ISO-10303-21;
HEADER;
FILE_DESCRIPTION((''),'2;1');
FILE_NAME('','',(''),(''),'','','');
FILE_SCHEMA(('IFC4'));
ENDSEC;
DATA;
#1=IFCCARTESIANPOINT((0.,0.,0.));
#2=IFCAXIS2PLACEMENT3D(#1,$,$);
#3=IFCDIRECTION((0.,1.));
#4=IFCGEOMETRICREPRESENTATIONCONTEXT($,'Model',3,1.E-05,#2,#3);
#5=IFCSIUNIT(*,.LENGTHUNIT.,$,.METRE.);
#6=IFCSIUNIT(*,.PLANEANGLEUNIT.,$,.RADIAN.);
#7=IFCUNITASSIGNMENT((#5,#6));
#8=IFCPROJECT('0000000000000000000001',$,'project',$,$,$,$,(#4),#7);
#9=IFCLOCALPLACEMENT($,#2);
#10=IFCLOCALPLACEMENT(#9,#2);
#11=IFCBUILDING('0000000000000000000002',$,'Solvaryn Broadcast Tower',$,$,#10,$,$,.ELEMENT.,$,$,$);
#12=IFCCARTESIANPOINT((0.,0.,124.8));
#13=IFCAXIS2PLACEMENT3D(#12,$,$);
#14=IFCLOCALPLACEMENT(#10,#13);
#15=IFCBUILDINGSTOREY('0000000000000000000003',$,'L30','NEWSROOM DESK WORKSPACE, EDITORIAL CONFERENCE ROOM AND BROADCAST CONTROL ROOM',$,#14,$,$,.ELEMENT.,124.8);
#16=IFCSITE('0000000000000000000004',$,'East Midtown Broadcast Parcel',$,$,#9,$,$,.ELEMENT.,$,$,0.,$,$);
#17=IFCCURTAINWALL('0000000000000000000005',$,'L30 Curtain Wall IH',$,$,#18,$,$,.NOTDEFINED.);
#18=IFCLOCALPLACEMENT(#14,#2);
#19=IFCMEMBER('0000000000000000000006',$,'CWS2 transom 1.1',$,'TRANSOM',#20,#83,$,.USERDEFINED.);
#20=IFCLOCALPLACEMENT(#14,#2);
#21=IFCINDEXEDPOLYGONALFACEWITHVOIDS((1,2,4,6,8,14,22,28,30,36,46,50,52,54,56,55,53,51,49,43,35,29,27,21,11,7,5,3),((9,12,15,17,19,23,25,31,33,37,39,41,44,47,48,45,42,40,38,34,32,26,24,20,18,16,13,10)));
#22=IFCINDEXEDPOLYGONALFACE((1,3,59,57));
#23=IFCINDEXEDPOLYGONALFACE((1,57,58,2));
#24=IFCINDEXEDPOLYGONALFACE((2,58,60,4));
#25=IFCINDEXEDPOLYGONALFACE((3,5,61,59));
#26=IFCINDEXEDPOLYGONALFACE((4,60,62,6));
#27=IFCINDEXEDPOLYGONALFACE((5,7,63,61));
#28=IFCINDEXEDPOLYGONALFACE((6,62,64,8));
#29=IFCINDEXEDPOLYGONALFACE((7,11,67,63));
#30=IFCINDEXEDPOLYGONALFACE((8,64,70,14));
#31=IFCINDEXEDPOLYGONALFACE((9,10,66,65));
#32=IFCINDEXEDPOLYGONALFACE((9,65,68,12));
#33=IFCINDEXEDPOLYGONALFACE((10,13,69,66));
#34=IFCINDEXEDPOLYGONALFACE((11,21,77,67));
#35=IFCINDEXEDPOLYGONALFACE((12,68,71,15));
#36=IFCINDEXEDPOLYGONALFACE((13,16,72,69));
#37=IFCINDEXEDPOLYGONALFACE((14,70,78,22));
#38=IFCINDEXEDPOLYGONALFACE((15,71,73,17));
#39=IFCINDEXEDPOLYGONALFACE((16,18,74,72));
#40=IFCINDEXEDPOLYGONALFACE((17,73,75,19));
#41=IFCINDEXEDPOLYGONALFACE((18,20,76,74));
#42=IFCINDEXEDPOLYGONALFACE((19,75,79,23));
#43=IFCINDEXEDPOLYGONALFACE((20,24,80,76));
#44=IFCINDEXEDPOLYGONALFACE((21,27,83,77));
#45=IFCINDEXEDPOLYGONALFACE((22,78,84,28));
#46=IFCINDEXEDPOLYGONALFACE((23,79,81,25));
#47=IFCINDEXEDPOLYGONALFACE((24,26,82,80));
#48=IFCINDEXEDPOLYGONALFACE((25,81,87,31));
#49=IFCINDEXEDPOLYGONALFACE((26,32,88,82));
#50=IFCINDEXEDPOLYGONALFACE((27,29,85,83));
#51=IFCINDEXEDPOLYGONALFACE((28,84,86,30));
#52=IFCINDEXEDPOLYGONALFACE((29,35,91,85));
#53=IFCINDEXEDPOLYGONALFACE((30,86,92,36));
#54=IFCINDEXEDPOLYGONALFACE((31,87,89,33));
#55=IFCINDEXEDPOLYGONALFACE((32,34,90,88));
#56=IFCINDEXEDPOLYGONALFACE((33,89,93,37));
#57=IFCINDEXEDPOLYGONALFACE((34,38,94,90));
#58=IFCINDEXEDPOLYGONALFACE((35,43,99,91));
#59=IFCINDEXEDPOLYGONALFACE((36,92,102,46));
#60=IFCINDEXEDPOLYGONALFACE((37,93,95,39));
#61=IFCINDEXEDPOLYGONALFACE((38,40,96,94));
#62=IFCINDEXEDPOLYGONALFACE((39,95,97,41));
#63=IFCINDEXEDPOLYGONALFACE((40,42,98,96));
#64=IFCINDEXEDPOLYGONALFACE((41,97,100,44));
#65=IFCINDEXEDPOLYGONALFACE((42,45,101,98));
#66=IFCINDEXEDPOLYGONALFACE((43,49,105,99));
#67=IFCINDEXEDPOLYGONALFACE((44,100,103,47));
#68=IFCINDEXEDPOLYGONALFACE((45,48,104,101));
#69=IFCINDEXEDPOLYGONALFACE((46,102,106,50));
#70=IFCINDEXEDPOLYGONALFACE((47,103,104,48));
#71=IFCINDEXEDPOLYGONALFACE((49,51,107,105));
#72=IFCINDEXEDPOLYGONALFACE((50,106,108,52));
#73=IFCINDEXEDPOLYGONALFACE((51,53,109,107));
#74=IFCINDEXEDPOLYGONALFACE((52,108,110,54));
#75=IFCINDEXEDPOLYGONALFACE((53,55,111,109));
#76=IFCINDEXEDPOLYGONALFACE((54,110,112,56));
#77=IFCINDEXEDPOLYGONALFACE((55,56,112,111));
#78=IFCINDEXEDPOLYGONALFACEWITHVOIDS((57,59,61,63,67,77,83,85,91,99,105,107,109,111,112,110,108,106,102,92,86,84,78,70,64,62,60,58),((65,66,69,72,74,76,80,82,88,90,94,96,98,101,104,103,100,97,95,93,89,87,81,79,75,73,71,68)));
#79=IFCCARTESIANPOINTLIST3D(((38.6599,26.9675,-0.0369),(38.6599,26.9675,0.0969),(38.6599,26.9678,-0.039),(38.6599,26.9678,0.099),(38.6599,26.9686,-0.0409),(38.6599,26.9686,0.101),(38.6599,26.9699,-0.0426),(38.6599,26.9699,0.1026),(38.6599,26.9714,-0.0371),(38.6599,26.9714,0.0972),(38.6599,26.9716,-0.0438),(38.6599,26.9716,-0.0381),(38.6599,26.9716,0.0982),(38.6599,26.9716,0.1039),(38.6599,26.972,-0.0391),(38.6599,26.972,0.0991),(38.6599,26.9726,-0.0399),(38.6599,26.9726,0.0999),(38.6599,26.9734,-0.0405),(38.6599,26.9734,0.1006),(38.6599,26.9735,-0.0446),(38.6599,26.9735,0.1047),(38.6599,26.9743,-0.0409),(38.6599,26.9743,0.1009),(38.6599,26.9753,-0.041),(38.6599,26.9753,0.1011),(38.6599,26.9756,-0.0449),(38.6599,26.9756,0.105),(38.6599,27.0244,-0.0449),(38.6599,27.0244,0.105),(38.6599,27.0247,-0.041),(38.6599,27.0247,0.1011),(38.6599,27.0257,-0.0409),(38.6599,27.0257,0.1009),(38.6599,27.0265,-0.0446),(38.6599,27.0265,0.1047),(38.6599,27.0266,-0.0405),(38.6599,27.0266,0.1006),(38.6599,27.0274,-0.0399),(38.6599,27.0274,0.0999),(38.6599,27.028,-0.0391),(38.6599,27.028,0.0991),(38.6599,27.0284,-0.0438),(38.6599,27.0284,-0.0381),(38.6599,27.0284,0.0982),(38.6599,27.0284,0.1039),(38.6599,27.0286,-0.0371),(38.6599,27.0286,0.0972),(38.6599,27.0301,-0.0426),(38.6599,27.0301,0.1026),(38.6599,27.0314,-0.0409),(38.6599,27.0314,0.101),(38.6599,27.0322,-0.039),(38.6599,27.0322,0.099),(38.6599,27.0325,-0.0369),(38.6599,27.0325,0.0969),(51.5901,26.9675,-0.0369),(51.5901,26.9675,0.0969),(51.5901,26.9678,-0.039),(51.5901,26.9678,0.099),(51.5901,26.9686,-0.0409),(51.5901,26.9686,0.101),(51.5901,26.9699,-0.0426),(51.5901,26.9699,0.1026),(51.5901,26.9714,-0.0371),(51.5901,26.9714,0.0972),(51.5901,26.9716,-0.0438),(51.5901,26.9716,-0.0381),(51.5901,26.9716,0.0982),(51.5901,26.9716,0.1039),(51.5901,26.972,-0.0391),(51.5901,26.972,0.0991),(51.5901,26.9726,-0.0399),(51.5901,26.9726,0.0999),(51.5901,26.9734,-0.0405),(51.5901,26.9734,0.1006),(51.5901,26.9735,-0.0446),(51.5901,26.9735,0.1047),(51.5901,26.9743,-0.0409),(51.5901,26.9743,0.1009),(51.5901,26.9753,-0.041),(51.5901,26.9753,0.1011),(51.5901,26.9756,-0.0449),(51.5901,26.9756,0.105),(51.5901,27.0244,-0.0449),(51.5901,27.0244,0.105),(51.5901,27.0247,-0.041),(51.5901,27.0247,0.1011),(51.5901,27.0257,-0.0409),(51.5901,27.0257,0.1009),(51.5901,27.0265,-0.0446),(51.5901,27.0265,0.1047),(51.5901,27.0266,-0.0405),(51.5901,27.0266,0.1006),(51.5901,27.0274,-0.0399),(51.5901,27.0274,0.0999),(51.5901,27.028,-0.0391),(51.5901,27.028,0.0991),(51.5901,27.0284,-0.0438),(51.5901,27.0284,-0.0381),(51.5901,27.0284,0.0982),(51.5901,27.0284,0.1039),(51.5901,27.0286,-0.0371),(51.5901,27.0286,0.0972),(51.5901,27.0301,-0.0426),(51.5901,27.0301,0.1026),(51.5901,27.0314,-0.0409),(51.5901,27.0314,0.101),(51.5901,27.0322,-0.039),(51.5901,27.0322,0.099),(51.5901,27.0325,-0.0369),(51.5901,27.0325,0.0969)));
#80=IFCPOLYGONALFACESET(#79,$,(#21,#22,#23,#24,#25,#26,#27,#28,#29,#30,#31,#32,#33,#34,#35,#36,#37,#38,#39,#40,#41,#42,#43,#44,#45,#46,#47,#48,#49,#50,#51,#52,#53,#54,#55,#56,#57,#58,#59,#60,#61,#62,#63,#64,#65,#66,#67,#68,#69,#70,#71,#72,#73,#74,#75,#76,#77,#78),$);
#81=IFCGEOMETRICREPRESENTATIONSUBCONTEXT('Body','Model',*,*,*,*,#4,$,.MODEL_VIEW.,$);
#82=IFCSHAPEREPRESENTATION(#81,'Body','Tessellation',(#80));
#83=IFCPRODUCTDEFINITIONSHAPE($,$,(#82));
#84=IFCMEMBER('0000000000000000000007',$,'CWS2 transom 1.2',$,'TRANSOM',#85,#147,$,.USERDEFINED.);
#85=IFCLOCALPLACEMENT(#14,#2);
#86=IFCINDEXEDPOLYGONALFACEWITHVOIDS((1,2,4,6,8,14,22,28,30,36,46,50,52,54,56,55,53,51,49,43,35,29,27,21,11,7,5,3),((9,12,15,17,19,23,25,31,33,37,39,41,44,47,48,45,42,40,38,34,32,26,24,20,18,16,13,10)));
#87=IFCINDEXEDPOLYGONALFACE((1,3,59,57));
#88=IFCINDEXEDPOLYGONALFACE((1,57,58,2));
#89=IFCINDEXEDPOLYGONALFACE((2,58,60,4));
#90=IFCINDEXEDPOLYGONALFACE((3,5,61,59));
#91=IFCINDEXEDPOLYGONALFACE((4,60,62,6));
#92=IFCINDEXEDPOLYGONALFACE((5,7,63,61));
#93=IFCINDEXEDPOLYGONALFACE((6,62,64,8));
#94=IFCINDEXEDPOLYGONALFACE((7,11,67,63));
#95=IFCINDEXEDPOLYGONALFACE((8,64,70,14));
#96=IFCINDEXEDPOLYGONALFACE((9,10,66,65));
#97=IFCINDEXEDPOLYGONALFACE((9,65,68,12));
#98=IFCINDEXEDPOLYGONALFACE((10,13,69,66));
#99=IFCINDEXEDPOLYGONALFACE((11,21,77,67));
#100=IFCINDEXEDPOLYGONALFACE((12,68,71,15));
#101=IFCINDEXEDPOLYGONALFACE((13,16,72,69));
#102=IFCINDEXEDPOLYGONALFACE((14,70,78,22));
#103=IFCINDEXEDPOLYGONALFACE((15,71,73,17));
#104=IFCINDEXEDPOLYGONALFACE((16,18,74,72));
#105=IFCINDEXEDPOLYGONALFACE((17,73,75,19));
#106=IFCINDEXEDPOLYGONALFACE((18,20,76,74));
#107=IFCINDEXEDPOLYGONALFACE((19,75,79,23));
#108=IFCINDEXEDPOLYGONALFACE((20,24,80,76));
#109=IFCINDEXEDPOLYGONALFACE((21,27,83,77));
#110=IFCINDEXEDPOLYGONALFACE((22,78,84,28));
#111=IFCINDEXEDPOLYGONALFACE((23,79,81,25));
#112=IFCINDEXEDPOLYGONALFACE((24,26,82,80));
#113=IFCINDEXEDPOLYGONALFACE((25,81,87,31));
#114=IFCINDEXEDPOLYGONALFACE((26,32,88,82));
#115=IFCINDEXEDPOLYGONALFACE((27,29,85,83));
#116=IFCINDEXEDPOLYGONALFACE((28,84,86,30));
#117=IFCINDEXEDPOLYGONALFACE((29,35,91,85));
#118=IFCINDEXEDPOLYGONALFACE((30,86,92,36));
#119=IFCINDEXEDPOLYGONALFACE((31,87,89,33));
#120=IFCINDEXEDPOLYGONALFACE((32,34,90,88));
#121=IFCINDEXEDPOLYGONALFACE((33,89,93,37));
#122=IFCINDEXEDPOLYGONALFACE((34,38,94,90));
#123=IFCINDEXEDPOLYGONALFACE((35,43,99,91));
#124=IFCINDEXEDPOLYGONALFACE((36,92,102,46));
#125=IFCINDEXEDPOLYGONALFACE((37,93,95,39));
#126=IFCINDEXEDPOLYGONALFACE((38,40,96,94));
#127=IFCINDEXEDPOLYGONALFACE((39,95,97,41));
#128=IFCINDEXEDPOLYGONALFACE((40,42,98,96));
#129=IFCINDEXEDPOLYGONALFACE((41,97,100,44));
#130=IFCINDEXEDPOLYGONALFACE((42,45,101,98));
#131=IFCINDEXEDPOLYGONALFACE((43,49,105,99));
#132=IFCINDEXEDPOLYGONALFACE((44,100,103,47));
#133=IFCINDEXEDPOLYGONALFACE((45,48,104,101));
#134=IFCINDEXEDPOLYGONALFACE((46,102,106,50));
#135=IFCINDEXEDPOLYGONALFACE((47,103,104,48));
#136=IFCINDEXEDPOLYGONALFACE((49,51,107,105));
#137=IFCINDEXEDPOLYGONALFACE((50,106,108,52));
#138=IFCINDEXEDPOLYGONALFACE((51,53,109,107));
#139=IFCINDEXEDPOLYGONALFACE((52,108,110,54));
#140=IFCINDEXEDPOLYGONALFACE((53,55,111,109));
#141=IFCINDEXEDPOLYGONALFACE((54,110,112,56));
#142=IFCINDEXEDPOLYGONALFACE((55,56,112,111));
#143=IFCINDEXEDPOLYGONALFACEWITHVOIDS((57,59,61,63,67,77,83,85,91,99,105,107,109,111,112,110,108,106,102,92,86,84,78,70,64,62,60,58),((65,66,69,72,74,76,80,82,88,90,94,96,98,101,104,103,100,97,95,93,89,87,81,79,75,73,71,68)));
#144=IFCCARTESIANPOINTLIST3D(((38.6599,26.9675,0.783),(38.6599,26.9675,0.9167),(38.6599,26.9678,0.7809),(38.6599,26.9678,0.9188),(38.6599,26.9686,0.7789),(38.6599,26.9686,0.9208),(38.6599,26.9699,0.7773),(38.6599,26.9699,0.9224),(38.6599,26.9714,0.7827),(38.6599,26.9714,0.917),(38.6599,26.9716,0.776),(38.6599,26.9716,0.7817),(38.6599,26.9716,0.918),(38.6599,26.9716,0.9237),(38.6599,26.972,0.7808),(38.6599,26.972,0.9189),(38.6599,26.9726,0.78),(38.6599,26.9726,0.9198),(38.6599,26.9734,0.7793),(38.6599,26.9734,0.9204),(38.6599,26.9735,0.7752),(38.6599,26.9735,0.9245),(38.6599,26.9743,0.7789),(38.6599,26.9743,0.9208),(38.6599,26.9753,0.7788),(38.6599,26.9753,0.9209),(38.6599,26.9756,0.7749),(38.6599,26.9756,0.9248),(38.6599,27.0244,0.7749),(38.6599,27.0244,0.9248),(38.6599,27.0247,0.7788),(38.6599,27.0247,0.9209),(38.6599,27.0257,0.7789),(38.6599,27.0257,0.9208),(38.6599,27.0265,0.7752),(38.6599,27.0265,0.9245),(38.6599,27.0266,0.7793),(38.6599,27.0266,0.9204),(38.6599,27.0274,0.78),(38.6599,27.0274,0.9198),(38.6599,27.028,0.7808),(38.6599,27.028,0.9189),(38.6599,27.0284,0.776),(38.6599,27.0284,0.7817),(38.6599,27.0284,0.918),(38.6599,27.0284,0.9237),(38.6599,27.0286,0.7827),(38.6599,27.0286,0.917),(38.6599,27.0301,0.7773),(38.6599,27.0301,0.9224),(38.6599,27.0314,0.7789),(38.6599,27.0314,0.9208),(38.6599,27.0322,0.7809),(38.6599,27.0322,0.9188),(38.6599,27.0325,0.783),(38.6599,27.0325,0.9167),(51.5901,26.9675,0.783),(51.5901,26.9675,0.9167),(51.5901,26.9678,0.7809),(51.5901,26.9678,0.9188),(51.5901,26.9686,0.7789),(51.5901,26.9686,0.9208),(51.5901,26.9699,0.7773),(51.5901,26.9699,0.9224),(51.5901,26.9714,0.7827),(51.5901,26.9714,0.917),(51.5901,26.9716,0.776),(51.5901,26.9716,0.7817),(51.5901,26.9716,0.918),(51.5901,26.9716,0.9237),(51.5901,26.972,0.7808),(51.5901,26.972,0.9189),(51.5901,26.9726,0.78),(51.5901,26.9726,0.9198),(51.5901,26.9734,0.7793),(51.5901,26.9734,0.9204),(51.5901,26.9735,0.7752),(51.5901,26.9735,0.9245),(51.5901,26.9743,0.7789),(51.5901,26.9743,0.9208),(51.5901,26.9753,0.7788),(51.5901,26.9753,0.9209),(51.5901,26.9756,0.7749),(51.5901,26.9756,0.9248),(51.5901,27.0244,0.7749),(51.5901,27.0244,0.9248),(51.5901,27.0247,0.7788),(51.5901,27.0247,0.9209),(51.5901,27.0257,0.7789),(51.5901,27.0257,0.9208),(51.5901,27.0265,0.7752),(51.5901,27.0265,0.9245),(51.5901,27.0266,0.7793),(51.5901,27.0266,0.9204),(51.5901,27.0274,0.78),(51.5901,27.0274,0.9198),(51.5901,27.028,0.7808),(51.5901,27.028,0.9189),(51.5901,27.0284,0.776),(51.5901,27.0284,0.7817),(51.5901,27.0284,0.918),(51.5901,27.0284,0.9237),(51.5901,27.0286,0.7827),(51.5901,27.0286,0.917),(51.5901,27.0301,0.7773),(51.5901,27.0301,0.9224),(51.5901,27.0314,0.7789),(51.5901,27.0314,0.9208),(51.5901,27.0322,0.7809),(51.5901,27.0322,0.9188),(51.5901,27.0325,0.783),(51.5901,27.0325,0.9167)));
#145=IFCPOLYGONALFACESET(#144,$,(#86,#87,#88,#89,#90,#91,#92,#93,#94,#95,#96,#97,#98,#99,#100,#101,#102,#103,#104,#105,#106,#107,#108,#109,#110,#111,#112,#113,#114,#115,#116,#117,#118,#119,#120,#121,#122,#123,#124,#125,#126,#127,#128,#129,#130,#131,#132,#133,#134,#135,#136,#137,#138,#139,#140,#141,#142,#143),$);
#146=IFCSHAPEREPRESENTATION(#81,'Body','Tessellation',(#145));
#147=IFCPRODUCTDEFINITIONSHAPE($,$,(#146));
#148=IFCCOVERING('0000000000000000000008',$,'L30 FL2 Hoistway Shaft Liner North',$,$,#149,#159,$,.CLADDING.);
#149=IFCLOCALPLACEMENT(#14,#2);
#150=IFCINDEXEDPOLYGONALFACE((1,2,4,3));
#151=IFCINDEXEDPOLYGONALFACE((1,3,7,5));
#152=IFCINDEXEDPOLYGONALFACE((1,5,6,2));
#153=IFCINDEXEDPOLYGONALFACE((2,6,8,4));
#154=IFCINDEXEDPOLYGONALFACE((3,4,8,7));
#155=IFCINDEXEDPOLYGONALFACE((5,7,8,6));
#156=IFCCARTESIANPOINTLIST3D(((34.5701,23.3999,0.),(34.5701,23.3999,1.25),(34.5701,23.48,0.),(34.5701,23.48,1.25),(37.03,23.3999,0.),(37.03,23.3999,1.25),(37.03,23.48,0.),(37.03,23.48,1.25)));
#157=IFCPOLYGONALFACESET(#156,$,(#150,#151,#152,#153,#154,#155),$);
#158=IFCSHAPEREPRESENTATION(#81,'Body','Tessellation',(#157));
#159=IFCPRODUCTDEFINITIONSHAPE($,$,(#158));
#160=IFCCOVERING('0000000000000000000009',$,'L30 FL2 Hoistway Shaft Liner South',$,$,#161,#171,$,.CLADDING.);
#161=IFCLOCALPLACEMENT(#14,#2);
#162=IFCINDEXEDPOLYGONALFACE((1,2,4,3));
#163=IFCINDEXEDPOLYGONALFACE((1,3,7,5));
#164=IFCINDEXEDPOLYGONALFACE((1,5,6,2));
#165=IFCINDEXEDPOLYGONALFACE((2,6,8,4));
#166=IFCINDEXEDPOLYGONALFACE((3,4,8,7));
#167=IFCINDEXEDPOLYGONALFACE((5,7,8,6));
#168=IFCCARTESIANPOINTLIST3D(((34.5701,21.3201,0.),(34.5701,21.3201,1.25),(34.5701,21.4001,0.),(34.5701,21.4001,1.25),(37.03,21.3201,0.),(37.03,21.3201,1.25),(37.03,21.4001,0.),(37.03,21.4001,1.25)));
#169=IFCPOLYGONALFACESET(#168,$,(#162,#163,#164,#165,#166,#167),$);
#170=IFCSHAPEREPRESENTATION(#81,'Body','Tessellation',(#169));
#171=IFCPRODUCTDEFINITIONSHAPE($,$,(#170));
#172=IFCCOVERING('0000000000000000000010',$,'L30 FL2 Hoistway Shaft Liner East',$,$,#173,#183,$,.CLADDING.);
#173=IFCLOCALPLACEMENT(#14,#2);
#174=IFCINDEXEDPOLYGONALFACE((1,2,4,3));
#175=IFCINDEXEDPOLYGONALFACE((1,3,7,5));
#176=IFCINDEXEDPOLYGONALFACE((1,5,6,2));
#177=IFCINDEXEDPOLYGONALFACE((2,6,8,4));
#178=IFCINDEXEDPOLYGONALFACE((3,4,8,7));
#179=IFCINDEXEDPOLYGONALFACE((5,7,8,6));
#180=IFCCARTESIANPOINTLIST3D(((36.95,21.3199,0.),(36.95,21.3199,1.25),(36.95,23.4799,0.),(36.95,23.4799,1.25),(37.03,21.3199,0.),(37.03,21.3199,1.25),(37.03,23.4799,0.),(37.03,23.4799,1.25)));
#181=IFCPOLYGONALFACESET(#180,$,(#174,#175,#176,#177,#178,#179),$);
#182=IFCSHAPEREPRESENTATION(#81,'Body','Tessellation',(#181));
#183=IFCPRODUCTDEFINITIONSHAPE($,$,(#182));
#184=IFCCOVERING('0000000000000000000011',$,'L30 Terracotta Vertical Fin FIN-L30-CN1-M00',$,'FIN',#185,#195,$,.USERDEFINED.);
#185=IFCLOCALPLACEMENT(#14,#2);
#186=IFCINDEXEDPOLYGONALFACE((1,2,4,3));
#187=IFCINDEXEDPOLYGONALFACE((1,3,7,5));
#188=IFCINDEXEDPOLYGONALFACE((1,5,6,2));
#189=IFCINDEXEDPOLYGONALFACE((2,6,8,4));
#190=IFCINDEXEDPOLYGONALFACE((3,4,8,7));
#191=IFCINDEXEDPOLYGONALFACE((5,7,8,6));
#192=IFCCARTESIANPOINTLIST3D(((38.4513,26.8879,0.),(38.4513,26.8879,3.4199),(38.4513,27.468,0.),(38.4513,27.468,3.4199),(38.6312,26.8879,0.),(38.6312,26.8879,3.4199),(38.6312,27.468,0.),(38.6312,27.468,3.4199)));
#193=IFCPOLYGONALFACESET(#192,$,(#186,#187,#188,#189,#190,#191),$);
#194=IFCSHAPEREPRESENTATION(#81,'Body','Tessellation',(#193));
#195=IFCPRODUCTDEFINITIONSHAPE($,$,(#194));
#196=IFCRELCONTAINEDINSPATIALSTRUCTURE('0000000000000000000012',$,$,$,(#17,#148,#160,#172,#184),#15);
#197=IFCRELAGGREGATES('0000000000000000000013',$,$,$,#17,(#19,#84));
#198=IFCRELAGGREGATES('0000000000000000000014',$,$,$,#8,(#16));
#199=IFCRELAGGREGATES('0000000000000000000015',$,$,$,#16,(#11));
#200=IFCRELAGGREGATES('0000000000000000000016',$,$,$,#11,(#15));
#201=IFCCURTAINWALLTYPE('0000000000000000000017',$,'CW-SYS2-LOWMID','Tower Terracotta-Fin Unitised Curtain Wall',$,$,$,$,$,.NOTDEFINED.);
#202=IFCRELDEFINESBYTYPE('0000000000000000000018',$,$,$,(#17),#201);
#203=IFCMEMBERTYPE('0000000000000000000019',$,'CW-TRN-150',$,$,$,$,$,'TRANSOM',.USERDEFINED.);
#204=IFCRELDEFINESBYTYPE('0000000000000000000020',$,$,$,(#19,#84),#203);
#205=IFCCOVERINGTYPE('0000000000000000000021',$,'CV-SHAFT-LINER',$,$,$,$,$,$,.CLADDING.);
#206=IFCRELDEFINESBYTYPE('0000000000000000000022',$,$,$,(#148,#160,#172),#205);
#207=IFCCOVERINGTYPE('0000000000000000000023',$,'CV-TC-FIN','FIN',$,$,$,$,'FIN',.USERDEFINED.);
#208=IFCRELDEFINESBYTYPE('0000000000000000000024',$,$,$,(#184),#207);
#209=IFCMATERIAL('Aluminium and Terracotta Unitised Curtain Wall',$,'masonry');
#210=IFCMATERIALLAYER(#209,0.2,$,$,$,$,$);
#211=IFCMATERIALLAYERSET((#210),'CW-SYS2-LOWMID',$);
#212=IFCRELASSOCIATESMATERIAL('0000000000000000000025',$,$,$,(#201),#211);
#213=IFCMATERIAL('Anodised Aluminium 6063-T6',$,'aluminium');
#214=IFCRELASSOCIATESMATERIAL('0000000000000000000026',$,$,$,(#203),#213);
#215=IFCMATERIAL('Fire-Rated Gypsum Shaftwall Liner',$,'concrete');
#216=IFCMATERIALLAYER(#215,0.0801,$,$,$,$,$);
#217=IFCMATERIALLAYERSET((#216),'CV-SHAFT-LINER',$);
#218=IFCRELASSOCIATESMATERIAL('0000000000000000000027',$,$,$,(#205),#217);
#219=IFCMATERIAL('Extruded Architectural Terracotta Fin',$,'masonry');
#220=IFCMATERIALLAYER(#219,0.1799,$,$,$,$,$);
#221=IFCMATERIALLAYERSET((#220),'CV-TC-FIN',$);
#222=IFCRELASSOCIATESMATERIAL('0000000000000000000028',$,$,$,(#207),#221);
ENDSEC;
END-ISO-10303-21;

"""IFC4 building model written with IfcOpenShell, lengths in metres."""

from ifc_helpers import new_model, si_unit, direction, frame, origin, origin_2d, place, context, subcontext, project, spatial, rectangle, hollow_rectangle, extrude, material, layer, layer_set, material_profile, profile_set, type_object, element, aggregate, save


model = new_model("IFC4")

# Units and contexts
model_context = context("Model", 3, precision=1e-05, world=origin(), true_north=direction((0.0, 1.0)))
body_context = subcontext(model_context, "Body", "Model", "MODEL_VIEW")
ifc_project = project(units=[si_unit("LENGTHUNIT", "METRE"), si_unit("PLANEANGLEUNIT", "RADIAN")], contexts=[model_context])

# Site, building, storey
site_placement = place(None, origin())
site = spatial("IfcSite", under=ifc_project, at=site_placement, Name="East Midtown Broadcast Parcel", CompositionType="ELEMENT", RefElevation=0.0)
building_placement = place(site_placement, origin())
building = spatial("IfcBuilding", under=site, at=building_placement, Name="Solvaryn Broadcast Tower", CompositionType="ELEMENT")
storey_placement = place(building_placement, frame((0.0, 0.0, 124.8)))
storey = spatial("IfcBuildingStorey", under=building, at=storey_placement, Name="L30", Description="NEWSROOM DESK WORKSPACE, EDITORIAL CONFERENCE ROOM AND BROADCAST CONTROL ROOM", CompositionType="ELEMENT", Elevation=124.8)

# Curtain wall
ifc_material_1 = material(Name="Aluminium and Terracotta Unitised Curtain Wall", Category="masonry")
ifc_layer_1 = layer(ifc_material_1, 0.2)
ifc_layer_set_1 = layer_set([ifc_layer_1], Name="CW-SYS2-LOWMID")
curtain_wall_type = type_object("IfcCurtainWallType", Name="CW-SYS2-LOWMID", Description="Tower Terracotta-Fin Unitised Curtain Wall", PredefinedType="NOTDEFINED", material=ifc_layer_set_1)
curtain_wall_1_placement = place(storey_placement, origin())
curtain_wall_1 = element("IfcCurtainWall", 1, at=curtain_wall_1_placement, inside=storey, type_object=curtain_wall_type, Name="L30 Curtain Wall IH", PredefinedType="NOTDEFINED")

# Members
ifc_material_2 = material(Name="Anodised Aluminium 6063-T6", Category="aluminium")
ifc_material_profile_1 = material_profile(ifc_material_2, hollow_rectangle(XDim=0.0649, YDim=0.1499, WallThickness=0.0039, InnerFilletRadius=0.0039, OuterFilletRadius=0.0081, at=origin_2d()))
ifc_profile_set_1 = profile_set([ifc_material_profile_1], Name="Anodised Aluminium 6063-T6")
member_type_1 = type_object("IfcMemberType", Name="CW-TRN-150", ElementType="TRANSOM", PredefinedType="USERDEFINED", material=ifc_profile_set_1)
member_1_placement = place(storey_placement, frame((38.6599, 27.0, 0.03), z_axis=(1.0, 0.0, 0.0), x_axis=(0.0, 1.0, 0.0)))
member_1 = element("IfcMember", 2, at=member_1_placement, type_object=member_type_1, Name="CWS2 transom 1.1", ObjectType="TRANSOM", PredefinedType="USERDEFINED", context=body_context, shape_type="SweptSolid", body=[
    extrude(hollow_rectangle(XDim=0.0649, YDim=0.1499, WallThickness=0.0039, InnerFilletRadius=0.0039, OuterFilletRadius=0.0081, at=origin_2d()), origin(), (0.0, 0.0, 1.0), 12.9302),
])
member_2_placement = place(storey_placement, frame((38.6599, 27.0, 0.8499), z_axis=(1.0, 0.0, 0.0), x_axis=(0.0, 1.0, 0.0)))
member_2 = element("IfcMember", 3, at=member_2_placement, type_object=member_type_1, Name="CWS2 transom 1.2", ObjectType="TRANSOM", PredefinedType="USERDEFINED", context=body_context, shape_type="SweptSolid", body=[
    extrude(hollow_rectangle(XDim=0.0649, YDim=0.1499, WallThickness=0.0039, InnerFilletRadius=0.0039, OuterFilletRadius=0.0081, at=origin_2d()), origin(), (0.0, 0.0, 1.0), 12.9302),
])
aggregate(curtain_wall_1, [member_1, member_2])

# Coverings
ifc_material_3 = material(Name="Fire-Rated Gypsum Shaftwall Liner", Category="concrete")
ifc_layer_2 = layer(ifc_material_3, 0.0801)
ifc_layer_set_2 = layer_set([ifc_layer_2], Name="CV-SHAFT-LINER")
covering_type_1 = type_object("IfcCoveringType", Name="CV-SHAFT-LINER", PredefinedType="CLADDING", material=ifc_layer_set_2)
for number, where, z_axis, x_axis, name in (
    (4, (35.8, 23.4399, 0.0), (0.0, 0.0, 1.0), (1.0, 0.0, 0.0), "L30 FL2 Hoistway Shaft Liner North"),
    (5, (35.8, 21.3601, 0.0), (0.0, 0.0, 1.0), (1.0, 0.0, 0.0), "L30 FL2 Hoistway Shaft Liner South"),
):
    element("IfcCovering", number, at=place(storey_placement, frame(where, z_axis=z_axis, x_axis=x_axis)), inside=storey, type_object=covering_type_1, Name=name, PredefinedType="CLADDING", context=body_context, shape_type="SweptSolid", body=[
        extrude(rectangle(XDim=2.46, YDim=0.0801, at=origin_2d()), origin(), (0.0, 0.0, 1.0), 1.25),
    ])
covering_placement = place(storey_placement, frame((36.99, 22.3999, 0.0), z_axis=(0.0, 0.0, 1.0), x_axis=(1.0, 0.0, 0.0)))
element("IfcCovering", 6, at=covering_placement, inside=storey, type_object=covering_type_1, Name="L30 FL2 Hoistway Shaft Liner East", PredefinedType="CLADDING", context=body_context, shape_type="SweptSolid", body=[
    extrude(rectangle(XDim=0.0801, YDim=2.1599, at=origin_2d()), origin(), (0.0, 0.0, 1.0), 1.25),
])
ifc_material_4 = material(Name="Extruded Architectural Terracotta Fin", Category="masonry")
ifc_layer_3 = layer(ifc_material_4, 0.1799)
ifc_layer_set_3 = layer_set([ifc_layer_3], Name="CV-TC-FIN")
covering_type_2 = type_object("IfcCoveringType", Name="CV-TC-FIN", Description="FIN", ElementType="FIN", PredefinedType="USERDEFINED", material=ifc_layer_set_3)
for number, where, z_axis, x_axis, name in (
    (7, (38.5413, 27.178, 0.0), (0.0, 0.0, 1.0), (1.0, 0.0, 0.0), "L30 Terracotta Vertical Fin FIN-L30-CN1-M00"),
):
    element("IfcCovering", number, at=place(storey_placement, frame(where, z_axis=z_axis, x_axis=x_axis)), inside=storey, type_object=covering_type_2, Name=name, ObjectType="FIN", PredefinedType="USERDEFINED", context=body_context, shape_type="SweptSolid", body=[
        extrude(rectangle(XDim=0.1799, YDim=0.5801, at=origin_2d()), origin(), (0.0, 0.0, 1.0), 3.4199),
    ])

save(model, "model.ifc")
